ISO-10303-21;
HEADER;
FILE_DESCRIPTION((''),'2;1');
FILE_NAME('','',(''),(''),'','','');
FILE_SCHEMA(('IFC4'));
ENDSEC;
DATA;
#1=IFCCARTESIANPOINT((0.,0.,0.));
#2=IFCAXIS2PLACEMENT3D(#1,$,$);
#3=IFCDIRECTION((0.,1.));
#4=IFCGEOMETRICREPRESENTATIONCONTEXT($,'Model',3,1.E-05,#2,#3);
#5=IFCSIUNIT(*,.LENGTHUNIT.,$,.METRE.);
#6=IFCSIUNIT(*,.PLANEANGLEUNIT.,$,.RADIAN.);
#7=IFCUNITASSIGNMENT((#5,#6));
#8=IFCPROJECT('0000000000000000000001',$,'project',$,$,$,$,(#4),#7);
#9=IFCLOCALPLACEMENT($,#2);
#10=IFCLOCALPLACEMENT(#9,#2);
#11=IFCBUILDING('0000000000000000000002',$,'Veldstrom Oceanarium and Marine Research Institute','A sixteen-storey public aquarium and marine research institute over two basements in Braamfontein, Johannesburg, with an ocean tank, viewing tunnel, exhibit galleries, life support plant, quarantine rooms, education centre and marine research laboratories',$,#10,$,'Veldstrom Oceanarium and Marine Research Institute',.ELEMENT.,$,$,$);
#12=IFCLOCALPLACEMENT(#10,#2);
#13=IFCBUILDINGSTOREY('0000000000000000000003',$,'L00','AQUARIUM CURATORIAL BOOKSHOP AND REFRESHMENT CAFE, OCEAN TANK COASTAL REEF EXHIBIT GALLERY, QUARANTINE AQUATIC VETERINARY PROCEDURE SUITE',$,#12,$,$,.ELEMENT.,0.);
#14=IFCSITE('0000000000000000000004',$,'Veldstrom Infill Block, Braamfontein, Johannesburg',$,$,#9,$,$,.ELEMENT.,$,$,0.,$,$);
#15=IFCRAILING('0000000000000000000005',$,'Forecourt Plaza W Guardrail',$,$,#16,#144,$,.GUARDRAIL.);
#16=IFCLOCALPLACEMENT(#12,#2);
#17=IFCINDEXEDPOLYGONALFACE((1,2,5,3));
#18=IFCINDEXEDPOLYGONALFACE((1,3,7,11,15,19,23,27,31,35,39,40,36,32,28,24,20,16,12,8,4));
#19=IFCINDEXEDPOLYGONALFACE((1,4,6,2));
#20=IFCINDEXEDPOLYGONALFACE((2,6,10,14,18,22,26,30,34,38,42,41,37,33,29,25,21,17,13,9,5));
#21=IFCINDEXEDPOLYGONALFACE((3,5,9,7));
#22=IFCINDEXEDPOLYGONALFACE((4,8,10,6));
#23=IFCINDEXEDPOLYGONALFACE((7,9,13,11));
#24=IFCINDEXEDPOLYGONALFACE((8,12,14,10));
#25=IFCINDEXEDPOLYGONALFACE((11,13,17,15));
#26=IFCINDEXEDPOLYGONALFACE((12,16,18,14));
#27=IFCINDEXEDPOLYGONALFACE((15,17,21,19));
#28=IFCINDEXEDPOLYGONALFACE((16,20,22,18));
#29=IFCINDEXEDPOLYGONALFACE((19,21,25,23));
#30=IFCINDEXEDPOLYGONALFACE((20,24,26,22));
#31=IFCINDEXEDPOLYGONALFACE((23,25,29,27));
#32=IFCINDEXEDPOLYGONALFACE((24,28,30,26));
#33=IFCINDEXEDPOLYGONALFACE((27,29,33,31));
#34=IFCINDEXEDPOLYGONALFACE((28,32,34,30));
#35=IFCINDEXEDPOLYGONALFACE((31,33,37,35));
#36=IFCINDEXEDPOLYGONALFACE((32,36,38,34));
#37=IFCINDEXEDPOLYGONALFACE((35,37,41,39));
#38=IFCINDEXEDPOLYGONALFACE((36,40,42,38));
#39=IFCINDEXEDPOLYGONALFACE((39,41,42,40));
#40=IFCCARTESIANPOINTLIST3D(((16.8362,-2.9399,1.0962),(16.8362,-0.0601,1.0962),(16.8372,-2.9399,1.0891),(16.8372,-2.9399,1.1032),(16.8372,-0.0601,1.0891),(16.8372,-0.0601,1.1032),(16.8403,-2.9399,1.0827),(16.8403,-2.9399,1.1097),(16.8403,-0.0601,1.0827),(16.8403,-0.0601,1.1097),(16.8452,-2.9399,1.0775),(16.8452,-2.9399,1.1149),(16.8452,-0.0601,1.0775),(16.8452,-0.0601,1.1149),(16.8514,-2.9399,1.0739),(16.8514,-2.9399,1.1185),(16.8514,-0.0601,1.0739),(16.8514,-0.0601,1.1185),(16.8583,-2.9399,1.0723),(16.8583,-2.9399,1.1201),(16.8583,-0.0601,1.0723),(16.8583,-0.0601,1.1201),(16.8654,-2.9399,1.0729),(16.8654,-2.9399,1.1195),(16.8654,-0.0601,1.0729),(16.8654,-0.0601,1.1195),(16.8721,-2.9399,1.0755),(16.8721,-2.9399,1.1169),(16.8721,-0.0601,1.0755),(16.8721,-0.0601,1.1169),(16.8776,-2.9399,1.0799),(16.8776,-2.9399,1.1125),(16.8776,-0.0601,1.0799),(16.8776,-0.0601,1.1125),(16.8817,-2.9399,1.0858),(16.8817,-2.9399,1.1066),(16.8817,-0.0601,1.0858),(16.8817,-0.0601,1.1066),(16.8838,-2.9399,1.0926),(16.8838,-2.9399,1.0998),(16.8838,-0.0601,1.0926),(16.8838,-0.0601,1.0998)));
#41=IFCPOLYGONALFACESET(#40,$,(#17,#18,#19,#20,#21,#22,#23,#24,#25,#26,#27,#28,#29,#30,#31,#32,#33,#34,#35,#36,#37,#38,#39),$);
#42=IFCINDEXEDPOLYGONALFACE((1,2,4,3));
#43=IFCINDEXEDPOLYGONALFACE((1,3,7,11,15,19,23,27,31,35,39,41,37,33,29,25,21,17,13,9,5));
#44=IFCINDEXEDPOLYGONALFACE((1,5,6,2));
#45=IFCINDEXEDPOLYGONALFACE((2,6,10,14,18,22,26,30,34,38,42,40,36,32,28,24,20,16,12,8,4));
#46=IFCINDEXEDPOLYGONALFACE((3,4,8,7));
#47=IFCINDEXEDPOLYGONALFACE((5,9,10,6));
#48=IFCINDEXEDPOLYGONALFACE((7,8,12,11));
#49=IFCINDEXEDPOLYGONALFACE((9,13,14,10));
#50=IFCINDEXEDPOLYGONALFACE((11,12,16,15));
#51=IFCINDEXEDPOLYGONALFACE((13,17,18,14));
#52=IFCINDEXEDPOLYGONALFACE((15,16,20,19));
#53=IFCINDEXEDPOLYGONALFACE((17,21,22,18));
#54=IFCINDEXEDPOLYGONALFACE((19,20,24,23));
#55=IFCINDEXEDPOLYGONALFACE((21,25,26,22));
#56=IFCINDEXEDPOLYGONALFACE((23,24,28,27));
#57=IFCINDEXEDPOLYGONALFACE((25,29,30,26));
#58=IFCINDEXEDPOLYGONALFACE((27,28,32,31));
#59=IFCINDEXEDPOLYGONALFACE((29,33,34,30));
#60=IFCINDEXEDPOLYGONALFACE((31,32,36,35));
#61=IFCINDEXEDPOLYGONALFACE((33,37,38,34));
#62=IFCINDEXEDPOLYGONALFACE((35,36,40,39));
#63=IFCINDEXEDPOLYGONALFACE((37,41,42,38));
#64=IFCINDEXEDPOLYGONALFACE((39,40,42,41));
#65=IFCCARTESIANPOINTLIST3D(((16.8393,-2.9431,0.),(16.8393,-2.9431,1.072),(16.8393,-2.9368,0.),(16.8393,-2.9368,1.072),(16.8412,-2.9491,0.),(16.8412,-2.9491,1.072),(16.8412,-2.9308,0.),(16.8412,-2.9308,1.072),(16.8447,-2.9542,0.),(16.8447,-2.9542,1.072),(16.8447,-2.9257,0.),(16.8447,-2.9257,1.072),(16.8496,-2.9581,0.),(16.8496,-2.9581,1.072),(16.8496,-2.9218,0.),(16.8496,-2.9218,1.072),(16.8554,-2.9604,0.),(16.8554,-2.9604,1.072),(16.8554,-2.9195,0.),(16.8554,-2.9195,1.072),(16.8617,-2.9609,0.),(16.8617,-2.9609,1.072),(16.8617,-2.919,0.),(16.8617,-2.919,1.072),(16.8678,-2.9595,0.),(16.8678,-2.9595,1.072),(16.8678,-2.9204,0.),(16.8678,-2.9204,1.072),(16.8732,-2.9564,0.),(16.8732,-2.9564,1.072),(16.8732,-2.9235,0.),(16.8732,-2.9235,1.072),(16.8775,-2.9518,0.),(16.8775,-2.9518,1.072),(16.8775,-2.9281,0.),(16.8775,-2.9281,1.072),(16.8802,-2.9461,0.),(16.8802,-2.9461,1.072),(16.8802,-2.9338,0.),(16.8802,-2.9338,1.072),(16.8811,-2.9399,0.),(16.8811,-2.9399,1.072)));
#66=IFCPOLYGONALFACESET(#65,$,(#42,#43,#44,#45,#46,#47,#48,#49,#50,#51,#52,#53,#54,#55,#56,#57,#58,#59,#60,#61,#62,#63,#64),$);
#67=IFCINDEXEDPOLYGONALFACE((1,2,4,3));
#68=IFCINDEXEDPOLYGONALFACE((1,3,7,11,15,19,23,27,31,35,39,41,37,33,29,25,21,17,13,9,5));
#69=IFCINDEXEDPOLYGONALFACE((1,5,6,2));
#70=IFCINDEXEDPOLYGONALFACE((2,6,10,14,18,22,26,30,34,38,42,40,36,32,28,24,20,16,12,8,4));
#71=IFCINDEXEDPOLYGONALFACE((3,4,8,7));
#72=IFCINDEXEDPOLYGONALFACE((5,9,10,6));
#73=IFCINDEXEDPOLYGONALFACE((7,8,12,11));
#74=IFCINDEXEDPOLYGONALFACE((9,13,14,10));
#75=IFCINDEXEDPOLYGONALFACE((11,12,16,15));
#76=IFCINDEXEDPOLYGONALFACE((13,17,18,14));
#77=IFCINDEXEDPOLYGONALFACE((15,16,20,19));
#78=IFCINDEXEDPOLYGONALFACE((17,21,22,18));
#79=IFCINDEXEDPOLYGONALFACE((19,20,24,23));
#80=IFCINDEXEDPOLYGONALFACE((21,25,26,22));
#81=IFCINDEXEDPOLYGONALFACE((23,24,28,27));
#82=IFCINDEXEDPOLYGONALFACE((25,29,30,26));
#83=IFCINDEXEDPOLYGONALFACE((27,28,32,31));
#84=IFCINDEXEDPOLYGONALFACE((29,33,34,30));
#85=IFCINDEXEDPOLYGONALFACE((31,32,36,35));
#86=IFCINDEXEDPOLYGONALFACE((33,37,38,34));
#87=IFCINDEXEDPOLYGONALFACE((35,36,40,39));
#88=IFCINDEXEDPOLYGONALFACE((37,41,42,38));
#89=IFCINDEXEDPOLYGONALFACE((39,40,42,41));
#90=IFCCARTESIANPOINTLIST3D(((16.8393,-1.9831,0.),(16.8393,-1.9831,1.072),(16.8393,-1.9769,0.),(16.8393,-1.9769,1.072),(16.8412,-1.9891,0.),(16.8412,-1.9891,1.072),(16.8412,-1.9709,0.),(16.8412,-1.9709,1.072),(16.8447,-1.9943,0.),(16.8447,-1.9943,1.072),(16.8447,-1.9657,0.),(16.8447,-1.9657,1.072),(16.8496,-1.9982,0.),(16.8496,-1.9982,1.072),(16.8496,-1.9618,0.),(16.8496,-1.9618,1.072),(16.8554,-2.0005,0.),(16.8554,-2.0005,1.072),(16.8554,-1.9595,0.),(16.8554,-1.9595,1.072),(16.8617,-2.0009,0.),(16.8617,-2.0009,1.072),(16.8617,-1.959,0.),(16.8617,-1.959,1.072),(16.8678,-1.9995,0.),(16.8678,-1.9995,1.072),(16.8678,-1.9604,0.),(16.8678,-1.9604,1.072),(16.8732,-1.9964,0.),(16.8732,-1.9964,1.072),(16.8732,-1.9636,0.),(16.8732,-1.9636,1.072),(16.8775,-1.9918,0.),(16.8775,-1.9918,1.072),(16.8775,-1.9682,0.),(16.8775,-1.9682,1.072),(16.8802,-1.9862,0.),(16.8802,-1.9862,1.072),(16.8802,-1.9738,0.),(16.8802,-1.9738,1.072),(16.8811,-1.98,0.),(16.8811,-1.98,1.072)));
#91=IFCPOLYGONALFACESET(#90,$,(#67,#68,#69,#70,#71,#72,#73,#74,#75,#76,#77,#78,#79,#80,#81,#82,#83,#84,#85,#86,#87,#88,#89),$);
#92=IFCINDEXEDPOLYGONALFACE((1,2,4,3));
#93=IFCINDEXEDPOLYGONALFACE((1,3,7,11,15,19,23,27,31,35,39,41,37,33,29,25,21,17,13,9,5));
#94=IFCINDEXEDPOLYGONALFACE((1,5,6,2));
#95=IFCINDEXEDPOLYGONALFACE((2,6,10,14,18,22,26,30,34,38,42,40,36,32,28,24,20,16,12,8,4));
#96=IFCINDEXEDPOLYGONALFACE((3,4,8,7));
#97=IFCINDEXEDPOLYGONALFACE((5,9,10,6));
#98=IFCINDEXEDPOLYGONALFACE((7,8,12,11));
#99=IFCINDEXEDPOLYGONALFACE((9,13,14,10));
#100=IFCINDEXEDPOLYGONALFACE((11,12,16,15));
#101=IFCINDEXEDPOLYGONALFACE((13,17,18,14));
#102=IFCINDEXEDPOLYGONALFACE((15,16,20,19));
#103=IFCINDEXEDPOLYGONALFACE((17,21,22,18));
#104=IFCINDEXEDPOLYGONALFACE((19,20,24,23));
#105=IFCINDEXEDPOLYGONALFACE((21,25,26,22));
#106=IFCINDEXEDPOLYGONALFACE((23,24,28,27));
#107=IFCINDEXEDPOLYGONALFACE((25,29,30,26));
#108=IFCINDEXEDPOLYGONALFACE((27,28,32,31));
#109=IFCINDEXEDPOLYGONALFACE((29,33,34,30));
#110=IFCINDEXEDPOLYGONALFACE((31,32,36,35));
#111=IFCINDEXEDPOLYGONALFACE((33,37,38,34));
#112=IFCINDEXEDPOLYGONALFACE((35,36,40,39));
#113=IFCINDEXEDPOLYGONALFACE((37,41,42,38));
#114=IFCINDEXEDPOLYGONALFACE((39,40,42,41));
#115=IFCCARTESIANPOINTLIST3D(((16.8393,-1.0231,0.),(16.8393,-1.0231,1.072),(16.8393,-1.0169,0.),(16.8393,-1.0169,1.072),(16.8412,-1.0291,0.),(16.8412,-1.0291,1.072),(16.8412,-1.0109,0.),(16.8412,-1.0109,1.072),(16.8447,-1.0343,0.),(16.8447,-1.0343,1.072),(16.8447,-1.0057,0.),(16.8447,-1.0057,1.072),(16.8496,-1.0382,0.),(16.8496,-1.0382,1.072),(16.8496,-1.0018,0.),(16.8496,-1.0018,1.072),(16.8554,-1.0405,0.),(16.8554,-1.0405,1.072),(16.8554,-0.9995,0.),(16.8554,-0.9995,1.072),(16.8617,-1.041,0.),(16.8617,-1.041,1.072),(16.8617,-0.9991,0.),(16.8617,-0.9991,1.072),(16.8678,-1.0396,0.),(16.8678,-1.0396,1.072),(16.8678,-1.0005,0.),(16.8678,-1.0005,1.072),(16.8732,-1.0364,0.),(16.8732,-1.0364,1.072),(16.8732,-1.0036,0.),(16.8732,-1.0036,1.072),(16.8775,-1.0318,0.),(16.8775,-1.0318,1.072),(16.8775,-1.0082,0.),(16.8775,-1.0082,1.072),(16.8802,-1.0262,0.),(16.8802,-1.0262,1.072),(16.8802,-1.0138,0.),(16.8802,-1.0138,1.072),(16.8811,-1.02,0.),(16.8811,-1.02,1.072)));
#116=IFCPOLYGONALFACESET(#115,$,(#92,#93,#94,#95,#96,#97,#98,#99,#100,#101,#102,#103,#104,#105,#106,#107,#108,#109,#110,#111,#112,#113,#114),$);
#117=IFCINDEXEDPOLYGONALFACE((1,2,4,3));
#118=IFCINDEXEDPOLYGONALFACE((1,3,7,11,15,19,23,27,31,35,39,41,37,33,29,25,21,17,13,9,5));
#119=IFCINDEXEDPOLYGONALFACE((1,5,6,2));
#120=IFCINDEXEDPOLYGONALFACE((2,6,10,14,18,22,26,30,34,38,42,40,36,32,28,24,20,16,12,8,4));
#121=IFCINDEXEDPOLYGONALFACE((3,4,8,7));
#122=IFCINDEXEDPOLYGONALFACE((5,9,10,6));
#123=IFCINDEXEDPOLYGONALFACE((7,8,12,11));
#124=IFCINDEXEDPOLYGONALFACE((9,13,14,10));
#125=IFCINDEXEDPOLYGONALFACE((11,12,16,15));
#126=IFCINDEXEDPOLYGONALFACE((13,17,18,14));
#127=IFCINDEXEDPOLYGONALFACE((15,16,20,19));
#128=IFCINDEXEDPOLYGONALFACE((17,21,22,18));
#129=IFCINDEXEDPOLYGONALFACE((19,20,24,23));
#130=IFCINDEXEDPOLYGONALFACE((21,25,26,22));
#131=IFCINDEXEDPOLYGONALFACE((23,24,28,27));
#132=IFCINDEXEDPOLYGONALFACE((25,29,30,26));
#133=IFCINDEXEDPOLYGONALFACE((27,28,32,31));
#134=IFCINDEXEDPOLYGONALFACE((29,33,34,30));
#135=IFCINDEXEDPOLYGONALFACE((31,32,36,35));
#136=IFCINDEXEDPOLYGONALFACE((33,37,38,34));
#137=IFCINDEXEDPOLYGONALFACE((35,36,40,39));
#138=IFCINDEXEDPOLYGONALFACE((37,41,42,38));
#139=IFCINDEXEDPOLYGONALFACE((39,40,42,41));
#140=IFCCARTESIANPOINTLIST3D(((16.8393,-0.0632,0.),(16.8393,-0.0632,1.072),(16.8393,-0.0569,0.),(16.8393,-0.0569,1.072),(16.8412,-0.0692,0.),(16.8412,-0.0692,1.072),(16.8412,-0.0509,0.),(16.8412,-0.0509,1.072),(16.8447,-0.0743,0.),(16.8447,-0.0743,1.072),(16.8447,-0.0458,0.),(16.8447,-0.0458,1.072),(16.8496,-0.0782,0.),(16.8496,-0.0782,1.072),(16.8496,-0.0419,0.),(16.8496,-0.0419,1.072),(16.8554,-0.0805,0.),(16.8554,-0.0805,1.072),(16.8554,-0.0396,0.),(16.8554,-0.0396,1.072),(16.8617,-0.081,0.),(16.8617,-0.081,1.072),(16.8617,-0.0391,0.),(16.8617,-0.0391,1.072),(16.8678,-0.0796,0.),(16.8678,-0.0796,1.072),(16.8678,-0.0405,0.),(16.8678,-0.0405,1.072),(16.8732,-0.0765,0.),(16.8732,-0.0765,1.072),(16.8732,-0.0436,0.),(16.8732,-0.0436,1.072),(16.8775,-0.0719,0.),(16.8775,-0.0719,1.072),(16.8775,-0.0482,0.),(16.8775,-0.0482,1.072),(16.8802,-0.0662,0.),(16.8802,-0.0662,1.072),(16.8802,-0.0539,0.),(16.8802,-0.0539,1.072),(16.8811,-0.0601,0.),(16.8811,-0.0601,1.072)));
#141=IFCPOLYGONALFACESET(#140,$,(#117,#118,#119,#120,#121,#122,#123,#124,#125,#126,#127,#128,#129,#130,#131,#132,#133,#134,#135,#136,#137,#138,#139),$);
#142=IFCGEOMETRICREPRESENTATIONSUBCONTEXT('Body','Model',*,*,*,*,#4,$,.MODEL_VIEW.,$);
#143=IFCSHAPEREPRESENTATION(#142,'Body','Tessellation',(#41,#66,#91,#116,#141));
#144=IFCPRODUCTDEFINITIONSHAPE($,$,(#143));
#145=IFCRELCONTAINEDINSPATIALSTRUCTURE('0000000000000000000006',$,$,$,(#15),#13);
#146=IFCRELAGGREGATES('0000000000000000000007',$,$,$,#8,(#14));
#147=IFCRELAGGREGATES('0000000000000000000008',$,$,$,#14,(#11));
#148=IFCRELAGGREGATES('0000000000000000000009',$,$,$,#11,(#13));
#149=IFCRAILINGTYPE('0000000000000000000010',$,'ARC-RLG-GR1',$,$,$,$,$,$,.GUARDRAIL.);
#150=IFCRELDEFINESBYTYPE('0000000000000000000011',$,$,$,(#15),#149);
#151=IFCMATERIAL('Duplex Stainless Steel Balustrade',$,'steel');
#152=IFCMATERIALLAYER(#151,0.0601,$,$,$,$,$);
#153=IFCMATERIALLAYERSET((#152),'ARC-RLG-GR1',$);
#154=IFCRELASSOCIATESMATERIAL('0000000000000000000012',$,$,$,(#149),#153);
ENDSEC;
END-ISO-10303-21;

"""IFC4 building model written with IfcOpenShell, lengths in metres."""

from ifc_helpers import new_model, si_unit, direction, frame, origin, origin_2d, place, context, subcontext, project, spatial, circle, extrude, material, layer, layer_set, type_object, element, save


model = new_model("IFC4")

# Units and contexts
model_context = context("Model", 3, precision=1e-05, world=origin(), true_north=direction((0.0, 1.0)))
body_context = subcontext(model_context, "Body", "Model", "MODEL_VIEW")
ifc_project = project(units=[si_unit("LENGTHUNIT", "METRE"), si_unit("PLANEANGLEUNIT", "RADIAN")], contexts=[model_context])

# Site, building, storey
site_placement = place(None, origin())
site = spatial("IfcSite", under=ifc_project, at=site_placement, Name="Veldstrom Infill Block, Braamfontein, Johannesburg", CompositionType="ELEMENT", RefElevation=0.0)
building_placement = place(site_placement, origin())
building = spatial("IfcBuilding", under=site, at=building_placement, Name="Veldstrom Oceanarium and Marine Research Institute", Description="A sixteen-storey public aquarium and marine research institute over two basements in Braamfontein, Johannesburg, with an ocean tank, viewing tunnel, exhibit galleries, life support plant, quarantine rooms, education centre and marine research laboratories", LongName="Veldstrom Oceanarium and Marine Research Institute", CompositionType="ELEMENT")
storey_placement = place(building_placement, origin())
storey = spatial("IfcBuildingStorey", under=building, at=storey_placement, Name="L00", Description="AQUARIUM CURATORIAL BOOKSHOP AND REFRESHMENT CAFE, OCEAN TANK COASTAL REEF EXHIBIT GALLERY, QUARANTINE AQUATIC VETERINARY PROCEDURE SUITE", CompositionType="ELEMENT", Elevation=0.0)

# Railing
ifc_material_1 = material(Name="Duplex Stainless Steel Balustrade", Category="steel")
ifc_layer_1 = layer(ifc_material_1, 0.0601)
ifc_layer_set_1 = layer_set([ifc_layer_1], Name="ARC-RLG-GR1")
railing_type_1 = type_object("IfcRailingType", Name="ARC-RLG-GR1", PredefinedType="GUARDRAIL", material=ifc_layer_set_1)
railing_1_placement = place(storey_placement, frame((16.8601, -2.9399, 0.0)))
element("IfcRailing", 1, at=railing_1_placement, inside=storey, type_object=railing_type_1, Name="Forecourt Plaza W Guardrail", PredefinedType="GUARDRAIL", context=body_context, shape_type="SweptSolid", body=[
    extrude(circle(Radius=0.0239, at=origin_2d()), frame((0.0, 0.0, 1.0962), z_axis=(0.0, 1.0, 0.0), x_axis=(-1.0, 0.0, 0.0)), (0.0, 0.0, 1.0), 2.8799),
    extrude(circle(Radius=0.021, at=origin_2d()), origin(), (0.0, 0.0, 1.0), 1.072),
    extrude(circle(Radius=0.021, at=origin_2d()), frame((0.0, 0.96, 0.0)), (0.0, 0.0, 1.0), 1.072),
    extrude(circle(Radius=0.021, at=origin_2d()), frame((0.0, 1.9199, 0.0)), (0.0, 0.0, 1.0), 1.072),
    extrude(circle(Radius=0.021, at=origin_2d()), frame((0.0, 2.8799, 0.0)), (0.0, 0.0, 1.0), 1.072),
])

save(model, "model.ifc")
